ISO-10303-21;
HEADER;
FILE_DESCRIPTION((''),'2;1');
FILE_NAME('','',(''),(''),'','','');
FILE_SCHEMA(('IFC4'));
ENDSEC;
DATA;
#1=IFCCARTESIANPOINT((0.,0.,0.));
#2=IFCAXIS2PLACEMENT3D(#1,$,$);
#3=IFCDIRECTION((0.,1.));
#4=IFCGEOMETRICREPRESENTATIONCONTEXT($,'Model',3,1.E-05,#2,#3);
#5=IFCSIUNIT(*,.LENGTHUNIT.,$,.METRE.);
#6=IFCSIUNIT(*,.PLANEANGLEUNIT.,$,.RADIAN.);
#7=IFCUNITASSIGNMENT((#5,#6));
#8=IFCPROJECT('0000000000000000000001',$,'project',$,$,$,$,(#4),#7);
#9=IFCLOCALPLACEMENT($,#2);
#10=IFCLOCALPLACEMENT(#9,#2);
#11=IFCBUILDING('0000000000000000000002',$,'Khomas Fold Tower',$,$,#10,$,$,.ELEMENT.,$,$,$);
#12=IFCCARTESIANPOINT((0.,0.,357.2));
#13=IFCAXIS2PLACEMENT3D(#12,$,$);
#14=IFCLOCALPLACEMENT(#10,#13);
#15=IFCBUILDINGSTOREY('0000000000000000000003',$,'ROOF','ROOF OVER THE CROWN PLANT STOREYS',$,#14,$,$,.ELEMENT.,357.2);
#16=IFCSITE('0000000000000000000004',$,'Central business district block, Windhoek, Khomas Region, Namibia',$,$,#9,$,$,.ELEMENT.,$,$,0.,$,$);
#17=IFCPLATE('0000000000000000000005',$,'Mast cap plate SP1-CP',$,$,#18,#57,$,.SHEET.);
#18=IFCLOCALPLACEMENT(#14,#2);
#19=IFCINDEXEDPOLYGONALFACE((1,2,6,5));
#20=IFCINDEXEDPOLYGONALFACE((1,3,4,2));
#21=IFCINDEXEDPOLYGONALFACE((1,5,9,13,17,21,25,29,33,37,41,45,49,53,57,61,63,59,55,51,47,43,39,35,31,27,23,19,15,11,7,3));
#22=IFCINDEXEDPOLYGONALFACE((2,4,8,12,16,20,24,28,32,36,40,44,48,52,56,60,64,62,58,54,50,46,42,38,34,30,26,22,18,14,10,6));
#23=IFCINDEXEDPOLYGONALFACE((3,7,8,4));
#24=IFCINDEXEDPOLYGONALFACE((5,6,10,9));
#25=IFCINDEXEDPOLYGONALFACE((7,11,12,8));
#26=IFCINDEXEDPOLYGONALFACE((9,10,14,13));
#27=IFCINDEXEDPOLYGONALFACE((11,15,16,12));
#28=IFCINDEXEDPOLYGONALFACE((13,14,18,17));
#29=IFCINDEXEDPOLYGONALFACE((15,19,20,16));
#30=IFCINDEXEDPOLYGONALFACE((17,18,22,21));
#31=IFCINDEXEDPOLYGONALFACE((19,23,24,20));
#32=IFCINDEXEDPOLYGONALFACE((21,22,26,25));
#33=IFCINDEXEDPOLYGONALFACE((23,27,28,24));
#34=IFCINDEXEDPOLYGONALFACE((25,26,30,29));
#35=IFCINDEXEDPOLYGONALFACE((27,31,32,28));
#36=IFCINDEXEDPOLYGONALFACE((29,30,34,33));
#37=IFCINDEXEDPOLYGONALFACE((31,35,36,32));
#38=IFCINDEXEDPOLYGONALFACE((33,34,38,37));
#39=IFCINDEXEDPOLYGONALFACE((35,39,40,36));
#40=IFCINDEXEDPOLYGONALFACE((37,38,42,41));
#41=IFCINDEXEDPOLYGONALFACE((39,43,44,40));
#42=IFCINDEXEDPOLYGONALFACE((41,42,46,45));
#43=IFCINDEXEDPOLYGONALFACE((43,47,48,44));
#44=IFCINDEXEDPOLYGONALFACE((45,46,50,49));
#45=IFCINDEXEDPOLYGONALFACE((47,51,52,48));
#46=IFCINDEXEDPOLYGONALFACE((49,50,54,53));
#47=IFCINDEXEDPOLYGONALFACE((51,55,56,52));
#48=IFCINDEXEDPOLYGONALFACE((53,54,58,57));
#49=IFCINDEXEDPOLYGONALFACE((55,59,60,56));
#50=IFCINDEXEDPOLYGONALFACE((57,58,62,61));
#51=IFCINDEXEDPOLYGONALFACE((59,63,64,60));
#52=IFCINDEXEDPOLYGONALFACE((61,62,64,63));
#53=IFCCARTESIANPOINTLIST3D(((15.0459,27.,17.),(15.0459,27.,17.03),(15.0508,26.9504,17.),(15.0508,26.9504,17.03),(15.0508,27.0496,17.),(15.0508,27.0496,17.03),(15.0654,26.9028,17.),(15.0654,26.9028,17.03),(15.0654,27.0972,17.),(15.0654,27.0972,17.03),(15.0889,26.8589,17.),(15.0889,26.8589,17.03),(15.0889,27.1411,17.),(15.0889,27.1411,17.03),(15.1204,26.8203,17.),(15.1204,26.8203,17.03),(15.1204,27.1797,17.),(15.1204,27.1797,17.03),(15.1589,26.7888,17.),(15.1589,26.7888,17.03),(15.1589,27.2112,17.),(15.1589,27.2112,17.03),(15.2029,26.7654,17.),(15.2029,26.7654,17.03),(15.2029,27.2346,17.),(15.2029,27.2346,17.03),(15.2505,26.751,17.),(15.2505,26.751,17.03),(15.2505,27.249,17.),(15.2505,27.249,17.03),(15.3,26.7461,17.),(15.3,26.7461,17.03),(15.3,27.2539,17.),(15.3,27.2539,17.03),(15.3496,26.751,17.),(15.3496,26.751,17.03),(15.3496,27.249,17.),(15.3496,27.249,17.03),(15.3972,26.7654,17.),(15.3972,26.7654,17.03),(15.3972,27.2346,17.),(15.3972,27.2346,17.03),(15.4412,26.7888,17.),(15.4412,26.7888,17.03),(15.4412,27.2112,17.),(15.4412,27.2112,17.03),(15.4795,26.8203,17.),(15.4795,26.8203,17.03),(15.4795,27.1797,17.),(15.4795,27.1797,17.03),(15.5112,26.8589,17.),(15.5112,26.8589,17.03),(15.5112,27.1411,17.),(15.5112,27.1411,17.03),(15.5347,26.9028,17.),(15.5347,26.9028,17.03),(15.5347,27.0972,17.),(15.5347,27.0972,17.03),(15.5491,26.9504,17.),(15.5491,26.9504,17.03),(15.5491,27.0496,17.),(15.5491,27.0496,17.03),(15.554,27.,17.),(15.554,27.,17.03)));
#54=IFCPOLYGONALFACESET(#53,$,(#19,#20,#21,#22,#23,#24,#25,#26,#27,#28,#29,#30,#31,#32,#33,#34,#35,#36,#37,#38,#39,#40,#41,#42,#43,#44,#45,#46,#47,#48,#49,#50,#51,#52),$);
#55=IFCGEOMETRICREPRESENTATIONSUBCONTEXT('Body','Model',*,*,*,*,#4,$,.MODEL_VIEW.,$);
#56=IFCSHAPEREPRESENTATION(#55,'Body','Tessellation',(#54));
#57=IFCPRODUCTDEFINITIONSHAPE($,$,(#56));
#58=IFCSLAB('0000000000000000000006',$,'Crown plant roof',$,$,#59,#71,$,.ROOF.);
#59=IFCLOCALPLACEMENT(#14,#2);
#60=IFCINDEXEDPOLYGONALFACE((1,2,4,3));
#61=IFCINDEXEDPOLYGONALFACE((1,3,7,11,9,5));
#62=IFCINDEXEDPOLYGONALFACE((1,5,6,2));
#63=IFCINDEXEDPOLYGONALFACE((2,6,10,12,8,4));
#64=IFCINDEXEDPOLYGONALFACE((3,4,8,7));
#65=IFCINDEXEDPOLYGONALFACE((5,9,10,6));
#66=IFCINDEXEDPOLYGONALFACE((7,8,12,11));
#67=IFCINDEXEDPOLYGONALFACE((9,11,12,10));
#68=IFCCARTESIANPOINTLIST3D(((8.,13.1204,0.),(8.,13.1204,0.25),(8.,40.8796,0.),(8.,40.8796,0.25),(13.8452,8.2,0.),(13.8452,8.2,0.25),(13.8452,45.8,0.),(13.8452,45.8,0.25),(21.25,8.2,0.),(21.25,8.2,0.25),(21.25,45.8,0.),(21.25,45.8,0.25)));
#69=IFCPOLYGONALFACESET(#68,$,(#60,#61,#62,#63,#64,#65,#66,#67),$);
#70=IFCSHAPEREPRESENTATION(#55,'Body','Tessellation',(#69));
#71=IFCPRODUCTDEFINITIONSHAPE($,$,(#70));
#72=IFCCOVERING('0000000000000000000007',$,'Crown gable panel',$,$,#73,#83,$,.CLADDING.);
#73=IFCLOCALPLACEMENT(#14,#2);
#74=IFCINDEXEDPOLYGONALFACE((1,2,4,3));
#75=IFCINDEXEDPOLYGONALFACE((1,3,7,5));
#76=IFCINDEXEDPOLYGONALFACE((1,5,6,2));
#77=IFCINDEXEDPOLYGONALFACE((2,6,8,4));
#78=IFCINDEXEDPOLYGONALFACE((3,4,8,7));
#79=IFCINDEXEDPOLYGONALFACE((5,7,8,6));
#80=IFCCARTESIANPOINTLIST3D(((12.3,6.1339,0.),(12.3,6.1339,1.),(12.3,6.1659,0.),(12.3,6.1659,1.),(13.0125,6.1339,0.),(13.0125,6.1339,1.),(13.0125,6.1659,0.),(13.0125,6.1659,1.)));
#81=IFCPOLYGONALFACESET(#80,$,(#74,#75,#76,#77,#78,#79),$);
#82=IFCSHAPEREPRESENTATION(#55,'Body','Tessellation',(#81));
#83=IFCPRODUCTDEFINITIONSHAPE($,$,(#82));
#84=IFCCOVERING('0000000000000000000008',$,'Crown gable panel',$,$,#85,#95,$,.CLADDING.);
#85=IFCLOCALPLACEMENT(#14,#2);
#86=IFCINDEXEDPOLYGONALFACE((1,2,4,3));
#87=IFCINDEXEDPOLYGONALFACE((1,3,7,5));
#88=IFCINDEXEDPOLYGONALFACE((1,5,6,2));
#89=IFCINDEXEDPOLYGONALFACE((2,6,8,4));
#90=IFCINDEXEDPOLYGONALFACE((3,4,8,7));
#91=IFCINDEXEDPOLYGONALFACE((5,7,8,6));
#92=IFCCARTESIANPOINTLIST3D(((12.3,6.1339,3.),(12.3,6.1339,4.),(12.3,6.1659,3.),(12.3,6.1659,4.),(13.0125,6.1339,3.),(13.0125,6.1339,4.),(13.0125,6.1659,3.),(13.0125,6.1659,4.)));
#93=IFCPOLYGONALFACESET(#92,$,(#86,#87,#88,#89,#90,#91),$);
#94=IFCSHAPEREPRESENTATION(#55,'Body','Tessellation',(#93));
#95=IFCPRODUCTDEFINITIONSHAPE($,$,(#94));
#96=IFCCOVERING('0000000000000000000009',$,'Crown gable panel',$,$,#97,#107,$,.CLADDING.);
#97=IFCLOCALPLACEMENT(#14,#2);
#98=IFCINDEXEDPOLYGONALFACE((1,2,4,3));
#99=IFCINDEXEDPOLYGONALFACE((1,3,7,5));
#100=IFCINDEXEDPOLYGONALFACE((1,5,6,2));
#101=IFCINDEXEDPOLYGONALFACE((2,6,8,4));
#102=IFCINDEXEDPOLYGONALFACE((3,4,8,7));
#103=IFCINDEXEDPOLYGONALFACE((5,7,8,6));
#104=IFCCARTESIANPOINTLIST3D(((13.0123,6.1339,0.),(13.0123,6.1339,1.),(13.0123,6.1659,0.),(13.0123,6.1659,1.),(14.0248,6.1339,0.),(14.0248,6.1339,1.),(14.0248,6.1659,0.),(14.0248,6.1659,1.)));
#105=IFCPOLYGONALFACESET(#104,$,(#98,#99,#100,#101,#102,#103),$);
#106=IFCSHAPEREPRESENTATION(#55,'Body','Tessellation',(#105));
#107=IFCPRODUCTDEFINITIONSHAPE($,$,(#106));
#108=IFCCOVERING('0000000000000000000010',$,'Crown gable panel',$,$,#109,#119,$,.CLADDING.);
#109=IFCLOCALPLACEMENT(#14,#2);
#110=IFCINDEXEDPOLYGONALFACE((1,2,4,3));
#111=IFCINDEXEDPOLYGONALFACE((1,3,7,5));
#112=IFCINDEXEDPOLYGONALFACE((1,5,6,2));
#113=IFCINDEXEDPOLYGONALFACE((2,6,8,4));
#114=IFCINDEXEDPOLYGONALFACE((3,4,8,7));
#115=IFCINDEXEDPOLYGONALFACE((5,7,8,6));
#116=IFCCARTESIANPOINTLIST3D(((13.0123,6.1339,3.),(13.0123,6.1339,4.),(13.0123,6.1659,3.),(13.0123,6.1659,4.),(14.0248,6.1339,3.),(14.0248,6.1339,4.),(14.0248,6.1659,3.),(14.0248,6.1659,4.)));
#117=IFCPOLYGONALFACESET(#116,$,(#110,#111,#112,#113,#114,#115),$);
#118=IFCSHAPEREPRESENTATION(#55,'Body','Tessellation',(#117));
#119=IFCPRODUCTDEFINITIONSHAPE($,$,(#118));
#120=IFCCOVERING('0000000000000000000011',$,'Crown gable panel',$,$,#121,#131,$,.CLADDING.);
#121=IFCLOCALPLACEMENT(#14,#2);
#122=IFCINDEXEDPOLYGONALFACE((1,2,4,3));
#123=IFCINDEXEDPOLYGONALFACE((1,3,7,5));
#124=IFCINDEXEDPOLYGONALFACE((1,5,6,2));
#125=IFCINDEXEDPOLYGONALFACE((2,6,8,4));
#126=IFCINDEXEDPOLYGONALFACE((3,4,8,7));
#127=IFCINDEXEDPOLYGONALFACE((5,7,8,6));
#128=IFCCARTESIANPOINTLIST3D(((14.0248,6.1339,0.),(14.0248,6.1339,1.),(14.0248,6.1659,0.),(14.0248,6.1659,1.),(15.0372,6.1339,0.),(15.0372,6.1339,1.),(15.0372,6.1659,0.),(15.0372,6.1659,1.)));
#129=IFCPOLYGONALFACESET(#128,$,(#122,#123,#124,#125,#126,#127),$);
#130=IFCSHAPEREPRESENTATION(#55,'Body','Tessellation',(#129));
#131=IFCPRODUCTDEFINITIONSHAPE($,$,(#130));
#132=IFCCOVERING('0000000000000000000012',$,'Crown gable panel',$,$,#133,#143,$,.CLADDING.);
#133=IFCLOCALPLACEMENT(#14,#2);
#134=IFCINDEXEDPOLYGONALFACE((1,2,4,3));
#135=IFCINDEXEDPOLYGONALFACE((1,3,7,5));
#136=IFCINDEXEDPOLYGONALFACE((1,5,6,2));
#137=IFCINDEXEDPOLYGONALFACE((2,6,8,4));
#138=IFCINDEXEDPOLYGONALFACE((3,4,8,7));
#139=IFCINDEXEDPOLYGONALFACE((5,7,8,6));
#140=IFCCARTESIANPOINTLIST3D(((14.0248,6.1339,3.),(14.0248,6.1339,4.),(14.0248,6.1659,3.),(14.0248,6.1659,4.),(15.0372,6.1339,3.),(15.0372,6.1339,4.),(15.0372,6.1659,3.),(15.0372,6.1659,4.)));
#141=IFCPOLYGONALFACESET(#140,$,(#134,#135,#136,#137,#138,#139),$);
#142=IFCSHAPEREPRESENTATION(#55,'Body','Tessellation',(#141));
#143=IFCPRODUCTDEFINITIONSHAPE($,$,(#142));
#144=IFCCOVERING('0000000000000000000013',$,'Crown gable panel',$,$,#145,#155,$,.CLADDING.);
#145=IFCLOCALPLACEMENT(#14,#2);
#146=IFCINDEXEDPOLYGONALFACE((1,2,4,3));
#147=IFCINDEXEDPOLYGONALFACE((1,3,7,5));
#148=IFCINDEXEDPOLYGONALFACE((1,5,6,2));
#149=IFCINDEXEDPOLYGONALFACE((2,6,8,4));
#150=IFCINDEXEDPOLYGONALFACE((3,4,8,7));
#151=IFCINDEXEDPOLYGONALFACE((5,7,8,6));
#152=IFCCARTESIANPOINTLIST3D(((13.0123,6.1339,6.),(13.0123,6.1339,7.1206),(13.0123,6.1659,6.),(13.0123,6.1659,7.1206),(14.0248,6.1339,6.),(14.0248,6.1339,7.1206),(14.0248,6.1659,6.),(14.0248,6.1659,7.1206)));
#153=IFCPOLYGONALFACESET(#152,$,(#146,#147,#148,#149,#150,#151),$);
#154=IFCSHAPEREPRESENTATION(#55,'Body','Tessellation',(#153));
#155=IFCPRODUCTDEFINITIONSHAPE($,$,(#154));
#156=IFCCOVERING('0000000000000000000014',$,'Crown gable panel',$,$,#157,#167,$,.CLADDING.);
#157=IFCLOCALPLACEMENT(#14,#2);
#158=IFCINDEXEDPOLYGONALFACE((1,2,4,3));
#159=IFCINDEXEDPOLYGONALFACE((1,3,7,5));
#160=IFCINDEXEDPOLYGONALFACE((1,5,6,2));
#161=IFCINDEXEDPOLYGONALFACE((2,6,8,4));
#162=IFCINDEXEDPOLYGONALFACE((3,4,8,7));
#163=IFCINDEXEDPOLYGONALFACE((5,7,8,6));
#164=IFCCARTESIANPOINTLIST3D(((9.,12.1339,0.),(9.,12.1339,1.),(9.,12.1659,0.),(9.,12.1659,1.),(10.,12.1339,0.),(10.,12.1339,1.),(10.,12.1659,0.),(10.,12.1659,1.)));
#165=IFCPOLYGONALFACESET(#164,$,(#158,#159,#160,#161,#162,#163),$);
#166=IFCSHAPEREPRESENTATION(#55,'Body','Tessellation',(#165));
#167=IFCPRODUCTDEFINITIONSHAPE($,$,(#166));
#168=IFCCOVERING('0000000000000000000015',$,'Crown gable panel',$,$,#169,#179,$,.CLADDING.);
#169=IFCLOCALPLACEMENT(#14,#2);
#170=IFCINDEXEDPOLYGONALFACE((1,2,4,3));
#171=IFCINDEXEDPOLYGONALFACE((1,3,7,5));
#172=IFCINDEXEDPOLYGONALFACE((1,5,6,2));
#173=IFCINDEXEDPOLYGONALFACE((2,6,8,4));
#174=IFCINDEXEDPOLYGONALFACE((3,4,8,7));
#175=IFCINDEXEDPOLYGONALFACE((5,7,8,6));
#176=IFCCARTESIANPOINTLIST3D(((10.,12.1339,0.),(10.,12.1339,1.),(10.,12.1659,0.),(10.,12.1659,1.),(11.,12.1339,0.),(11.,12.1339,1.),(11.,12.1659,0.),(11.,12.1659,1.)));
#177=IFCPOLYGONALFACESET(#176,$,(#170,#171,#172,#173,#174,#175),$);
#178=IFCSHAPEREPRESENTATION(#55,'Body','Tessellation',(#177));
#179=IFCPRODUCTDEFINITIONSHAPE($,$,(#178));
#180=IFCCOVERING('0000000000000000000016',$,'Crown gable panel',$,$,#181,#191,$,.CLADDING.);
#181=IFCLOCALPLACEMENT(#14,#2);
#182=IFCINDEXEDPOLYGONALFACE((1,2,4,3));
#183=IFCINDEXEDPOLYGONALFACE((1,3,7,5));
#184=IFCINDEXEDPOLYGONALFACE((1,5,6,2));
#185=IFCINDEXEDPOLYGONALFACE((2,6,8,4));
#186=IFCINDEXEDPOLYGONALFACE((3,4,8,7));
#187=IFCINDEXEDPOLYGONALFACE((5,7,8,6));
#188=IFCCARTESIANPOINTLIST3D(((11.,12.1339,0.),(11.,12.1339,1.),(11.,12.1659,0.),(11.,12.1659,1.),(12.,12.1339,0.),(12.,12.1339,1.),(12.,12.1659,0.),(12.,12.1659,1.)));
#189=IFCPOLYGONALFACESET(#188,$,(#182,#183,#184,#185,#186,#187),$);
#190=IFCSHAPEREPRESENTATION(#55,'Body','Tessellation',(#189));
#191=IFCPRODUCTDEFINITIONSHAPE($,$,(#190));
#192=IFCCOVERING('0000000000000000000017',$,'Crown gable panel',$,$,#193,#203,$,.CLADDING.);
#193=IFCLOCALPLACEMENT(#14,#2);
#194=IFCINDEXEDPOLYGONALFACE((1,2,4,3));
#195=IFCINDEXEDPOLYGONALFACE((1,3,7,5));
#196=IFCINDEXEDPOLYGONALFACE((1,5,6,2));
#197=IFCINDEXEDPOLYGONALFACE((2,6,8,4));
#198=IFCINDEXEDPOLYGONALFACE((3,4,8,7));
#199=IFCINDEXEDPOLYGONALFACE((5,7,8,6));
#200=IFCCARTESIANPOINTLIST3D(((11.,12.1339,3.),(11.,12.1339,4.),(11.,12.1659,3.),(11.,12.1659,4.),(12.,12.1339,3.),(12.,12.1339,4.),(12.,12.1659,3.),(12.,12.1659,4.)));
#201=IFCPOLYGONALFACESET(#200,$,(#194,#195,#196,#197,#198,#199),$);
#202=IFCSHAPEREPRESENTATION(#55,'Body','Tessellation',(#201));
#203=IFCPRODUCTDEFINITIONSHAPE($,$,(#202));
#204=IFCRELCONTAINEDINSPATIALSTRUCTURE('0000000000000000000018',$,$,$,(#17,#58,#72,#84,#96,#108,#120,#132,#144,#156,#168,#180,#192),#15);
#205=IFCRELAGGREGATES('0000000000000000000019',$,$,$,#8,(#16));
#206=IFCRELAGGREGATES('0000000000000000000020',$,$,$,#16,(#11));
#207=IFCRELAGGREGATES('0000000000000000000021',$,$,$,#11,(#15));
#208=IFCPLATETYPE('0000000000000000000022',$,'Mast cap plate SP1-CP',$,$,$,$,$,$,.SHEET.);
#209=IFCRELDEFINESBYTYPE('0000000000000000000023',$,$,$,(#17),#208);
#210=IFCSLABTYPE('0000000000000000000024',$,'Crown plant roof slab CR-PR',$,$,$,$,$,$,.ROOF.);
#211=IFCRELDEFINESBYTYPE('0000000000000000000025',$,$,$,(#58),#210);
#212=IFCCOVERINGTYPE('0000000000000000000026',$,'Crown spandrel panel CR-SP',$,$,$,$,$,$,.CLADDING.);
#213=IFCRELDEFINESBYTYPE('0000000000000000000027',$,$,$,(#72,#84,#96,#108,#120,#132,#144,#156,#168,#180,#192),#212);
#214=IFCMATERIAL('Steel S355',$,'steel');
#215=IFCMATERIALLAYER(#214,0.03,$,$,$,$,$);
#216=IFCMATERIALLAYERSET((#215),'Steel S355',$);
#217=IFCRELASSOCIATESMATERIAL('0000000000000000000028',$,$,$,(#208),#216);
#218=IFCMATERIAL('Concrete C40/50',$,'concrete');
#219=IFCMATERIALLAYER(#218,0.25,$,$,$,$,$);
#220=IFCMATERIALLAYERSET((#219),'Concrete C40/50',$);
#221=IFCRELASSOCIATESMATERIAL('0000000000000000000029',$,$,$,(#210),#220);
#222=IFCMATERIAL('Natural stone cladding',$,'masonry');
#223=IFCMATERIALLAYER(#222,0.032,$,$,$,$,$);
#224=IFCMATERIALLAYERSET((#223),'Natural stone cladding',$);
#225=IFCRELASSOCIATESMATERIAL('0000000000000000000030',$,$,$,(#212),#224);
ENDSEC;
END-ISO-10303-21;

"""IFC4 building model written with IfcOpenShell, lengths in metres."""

from ifc_helpers import new_model, si_unit, direction, frame, origin, origin_2d, place, context, subcontext, project, spatial, polyline, rectangle, outline, extrude, source, transform, mapped, material, layer, layer_set, type_object, element, save


model = new_model("IFC4")

# Units and contexts
model_context = context("Model", 3, precision=1e-05, world=origin(), true_north=direction((0.0, 1.0)))
body_context = subcontext(model_context, "Body", "Model", "MODEL_VIEW")
ifc_project = project(units=[si_unit("LENGTHUNIT", "METRE"), si_unit("PLANEANGLEUNIT", "RADIAN")], contexts=[model_context])

# Site, building, storey
site_placement = place(None, origin())
site = spatial("IfcSite", under=ifc_project, at=site_placement, Name="Central business district block, Windhoek, Khomas Region, Namibia", CompositionType="ELEMENT", RefElevation=0.0)
building_placement = place(site_placement, origin())
building = spatial("IfcBuilding", under=site, at=building_placement, Name="Khomas Fold Tower", CompositionType="ELEMENT")
storey_placement = place(building_placement, frame((0.0, 0.0, 357.2)))
storey = spatial("IfcBuildingStorey", under=building, at=storey_placement, Name="ROOF", Description="ROOF OVER THE CROWN PLANT STOREYS", CompositionType="ELEMENT", Elevation=357.2)

# Plate
ifc_material_1 = material(Name="Steel S355", Category="steel")
ifc_layer_1 = layer(ifc_material_1, 0.03)
ifc_layer_set_1 = layer_set([ifc_layer_1], Name="Steel S355")
plate_type_1 = type_object("IfcPlateType", Name="Mast cap plate SP1-CP", PredefinedType="SHEET", material=ifc_layer_set_1)
shared_shape_1 = source(origin(), body_context, "Body", "SweptSolid", [
    extrude(outline(polyline([(15.554, 27.0), (15.5491, 27.0496), (15.5347, 27.0972), (15.5112, 27.1411), (15.4795, 27.1797), (15.4412, 27.2112), (15.3972, 27.2346), (15.3496, 27.249), (15.3, 27.2539), (15.2505, 27.249), (15.2029, 27.2346), (15.1589, 27.2112), (15.1204, 27.1797), (15.0889, 27.1411), (15.0654, 27.0972), (15.0508, 27.0496), (15.0459, 27.0), (15.0508, 26.9504), (15.0654, 26.9028), (15.0889, 26.8589), (15.1204, 26.8203), (15.1589, 26.7888), (15.2029, 26.7654), (15.2505, 26.751), (15.3, 26.7461), (15.3496, 26.751), (15.3972, 26.7654), (15.4412, 26.7888), (15.4795, 26.8203), (15.5112, 26.8589), (15.5347, 26.9028), (15.5491, 26.9504), (15.554, 27.0)])), origin(), (0.0, 0.0, 1.0), 0.03),
])
plate_1_placement = place(storey_placement, frame((0.0, 0.0, 17.0)))
element("IfcPlate", 1, at=plate_1_placement, inside=storey, type_object=plate_type_1, Name="Mast cap plate SP1-CP", PredefinedType="SHEET", context=body_context, shape_type="MappedRepresentation", body=[
    mapped(shared_shape_1, transform((0.0, 0.0, 0.0))),
])

# Slab
ifc_material_2 = material(Name="Concrete C40/50", Category="concrete")
ifc_layer_2 = layer(ifc_material_2, 0.25)
ifc_layer_set_2 = layer_set([ifc_layer_2], Name="Concrete C40/50")
slab_type = type_object("IfcSlabType", Name="Crown plant roof slab CR-PR", PredefinedType="ROOF", material=ifc_layer_set_2)
shared_shape_2 = source(origin(), body_context, "Body", "SweptSolid", [
    extrude(outline(polyline([(8.0, 13.1204), (8.0, 40.8796), (13.8452, 45.8), (21.25, 45.8), (21.25, 8.2), (13.8452, 8.2), (8.0, 13.1204)])), origin(), (0.0, 0.0, 1.0), 0.25),
])
slab_placement = place(storey_placement, origin())
element("IfcSlab", 2, at=slab_placement, inside=storey, type_object=slab_type, Name="Crown plant roof", PredefinedType="ROOF", context=body_context, shape_type="MappedRepresentation", body=[
    mapped(shared_shape_2, transform((0.0, 0.0, 0.0))),
])

# Coverings
ifc_material_3 = material(Name="Natural stone cladding", Category="masonry")
ifc_layer_3 = layer(ifc_material_3, 0.032)
ifc_layer_set_3 = layer_set([ifc_layer_3], Name="Natural stone cladding")
covering_type = type_object("IfcCoveringType", Name="Crown spandrel panel CR-SP", PredefinedType="CLADDING", material=ifc_layer_set_3)
shared_shape_3 = source(origin(), body_context, "Body", "SweptSolid", [
    extrude(rectangle(XDim=0.7124, YDim=0.032, at=origin_2d()), origin(), (0.0, 0.0, 1.0), 1.0),
])
for number, where, z_axis, x_axis, name in (
    (3, (12.6562, 6.1499, 0.0), (0.0, 0.0, 1.0), (1.0, 0.0, 0.0), "Crown gable panel"),
    (4, (12.6562, 6.1499, 3.0), (0.0, 0.0, 1.0), (1.0, 0.0, 0.0), "Crown gable panel"),
):
    element("IfcCovering", number, at=place(storey_placement, frame(where, z_axis=z_axis, x_axis=x_axis)), inside=storey, type_object=covering_type, Name=name, PredefinedType="CLADDING", context=body_context, shape_type="MappedRepresentation", body=[
        mapped(shared_shape_3, transform((0.0, 0.0, 0.0))),
    ])
shared_shape_4 = source(origin(), body_context, "Body", "SweptSolid", [
    extrude(rectangle(XDim=1.0125, YDim=0.032, at=origin_2d()), origin(), (0.0, 0.0, 1.0), 1.0),
])
for number, where, z_axis, x_axis, name in (
    (5, (13.5186, 6.1499, 0.0), (0.0, 0.0, 1.0), (1.0, 0.0, 0.0), "Crown gable panel"),
    (6, (13.5186, 6.1499, 3.0), (0.0, 0.0, 1.0), (1.0, 0.0, 0.0), "Crown gable panel"),
    (7, (14.531, 6.1499, 0.0), (0.0, 0.0, 1.0), (1.0, 0.0, 0.0), "Crown gable panel"),
    (8, (14.531, 6.1499, 3.0), (0.0, 0.0, 1.0), (1.0, 0.0, 0.0), "Crown gable panel"),
):
    element("IfcCovering", number, at=place(storey_placement, frame(where, z_axis=z_axis, x_axis=x_axis)), inside=storey, type_object=covering_type, Name=name, PredefinedType="CLADDING", context=body_context, shape_type="MappedRepresentation", body=[
        mapped(shared_shape_4, transform((0.0, 0.0, 0.0))),
    ])
shared_shape_5 = source(origin(), body_context, "Body", "SweptSolid", [
    extrude(rectangle(XDim=1.0125, YDim=0.032, at=origin_2d()), origin(), (0.0, 0.0, 1.0), 1.1206),
])
covering_1_placement = place(storey_placement, frame((13.5186, 6.1499, 6.0), z_axis=(0.0, 0.0, 1.0), x_axis=(1.0, 0.0, 0.0)))
element("IfcCovering", 9, at=covering_1_placement, inside=storey, type_object=covering_type, Name="Crown gable panel", PredefinedType="CLADDING", context=body_context, shape_type="MappedRepresentation", body=[
    mapped(shared_shape_5, transform((0.0, 0.0, 0.0))),
])
shared_shape_6 = source(origin(), body_context, "Body", "SweptSolid", [
    extrude(rectangle(XDim=1.0, YDim=0.032, at=origin_2d()), origin(), (0.0, 0.0, 1.0), 1.0),
])
for number, where, z_axis, x_axis, name in (
    (10, (9.5, 12.1499, 0.0), (0.0, 0.0, 1.0), (1.0, 0.0, 0.0), "Crown gable panel"),
    (11, (10.5, 12.1499, 0.0), (0.0, 0.0, 1.0), (1.0, 0.0, 0.0), "Crown gable panel"),
    (12, (11.5, 12.1499, 0.0), (0.0, 0.0, 1.0), (1.0, 0.0, 0.0), "Crown gable panel"),
    (13, (11.5, 12.1499, 3.0), (0.0, 0.0, 1.0), (1.0, 0.0, 0.0), "Crown gable panel"),
):
    element("IfcCovering", number, at=place(storey_placement, frame(where, z_axis=z_axis, x_axis=x_axis)), inside=storey, type_object=covering_type, Name=name, PredefinedType="CLADDING", context=body_context, shape_type="MappedRepresentation", body=[
        mapped(shared_shape_6, transform((0.0, 0.0, 0.0))),
    ])

save(model, "model.ifc")
